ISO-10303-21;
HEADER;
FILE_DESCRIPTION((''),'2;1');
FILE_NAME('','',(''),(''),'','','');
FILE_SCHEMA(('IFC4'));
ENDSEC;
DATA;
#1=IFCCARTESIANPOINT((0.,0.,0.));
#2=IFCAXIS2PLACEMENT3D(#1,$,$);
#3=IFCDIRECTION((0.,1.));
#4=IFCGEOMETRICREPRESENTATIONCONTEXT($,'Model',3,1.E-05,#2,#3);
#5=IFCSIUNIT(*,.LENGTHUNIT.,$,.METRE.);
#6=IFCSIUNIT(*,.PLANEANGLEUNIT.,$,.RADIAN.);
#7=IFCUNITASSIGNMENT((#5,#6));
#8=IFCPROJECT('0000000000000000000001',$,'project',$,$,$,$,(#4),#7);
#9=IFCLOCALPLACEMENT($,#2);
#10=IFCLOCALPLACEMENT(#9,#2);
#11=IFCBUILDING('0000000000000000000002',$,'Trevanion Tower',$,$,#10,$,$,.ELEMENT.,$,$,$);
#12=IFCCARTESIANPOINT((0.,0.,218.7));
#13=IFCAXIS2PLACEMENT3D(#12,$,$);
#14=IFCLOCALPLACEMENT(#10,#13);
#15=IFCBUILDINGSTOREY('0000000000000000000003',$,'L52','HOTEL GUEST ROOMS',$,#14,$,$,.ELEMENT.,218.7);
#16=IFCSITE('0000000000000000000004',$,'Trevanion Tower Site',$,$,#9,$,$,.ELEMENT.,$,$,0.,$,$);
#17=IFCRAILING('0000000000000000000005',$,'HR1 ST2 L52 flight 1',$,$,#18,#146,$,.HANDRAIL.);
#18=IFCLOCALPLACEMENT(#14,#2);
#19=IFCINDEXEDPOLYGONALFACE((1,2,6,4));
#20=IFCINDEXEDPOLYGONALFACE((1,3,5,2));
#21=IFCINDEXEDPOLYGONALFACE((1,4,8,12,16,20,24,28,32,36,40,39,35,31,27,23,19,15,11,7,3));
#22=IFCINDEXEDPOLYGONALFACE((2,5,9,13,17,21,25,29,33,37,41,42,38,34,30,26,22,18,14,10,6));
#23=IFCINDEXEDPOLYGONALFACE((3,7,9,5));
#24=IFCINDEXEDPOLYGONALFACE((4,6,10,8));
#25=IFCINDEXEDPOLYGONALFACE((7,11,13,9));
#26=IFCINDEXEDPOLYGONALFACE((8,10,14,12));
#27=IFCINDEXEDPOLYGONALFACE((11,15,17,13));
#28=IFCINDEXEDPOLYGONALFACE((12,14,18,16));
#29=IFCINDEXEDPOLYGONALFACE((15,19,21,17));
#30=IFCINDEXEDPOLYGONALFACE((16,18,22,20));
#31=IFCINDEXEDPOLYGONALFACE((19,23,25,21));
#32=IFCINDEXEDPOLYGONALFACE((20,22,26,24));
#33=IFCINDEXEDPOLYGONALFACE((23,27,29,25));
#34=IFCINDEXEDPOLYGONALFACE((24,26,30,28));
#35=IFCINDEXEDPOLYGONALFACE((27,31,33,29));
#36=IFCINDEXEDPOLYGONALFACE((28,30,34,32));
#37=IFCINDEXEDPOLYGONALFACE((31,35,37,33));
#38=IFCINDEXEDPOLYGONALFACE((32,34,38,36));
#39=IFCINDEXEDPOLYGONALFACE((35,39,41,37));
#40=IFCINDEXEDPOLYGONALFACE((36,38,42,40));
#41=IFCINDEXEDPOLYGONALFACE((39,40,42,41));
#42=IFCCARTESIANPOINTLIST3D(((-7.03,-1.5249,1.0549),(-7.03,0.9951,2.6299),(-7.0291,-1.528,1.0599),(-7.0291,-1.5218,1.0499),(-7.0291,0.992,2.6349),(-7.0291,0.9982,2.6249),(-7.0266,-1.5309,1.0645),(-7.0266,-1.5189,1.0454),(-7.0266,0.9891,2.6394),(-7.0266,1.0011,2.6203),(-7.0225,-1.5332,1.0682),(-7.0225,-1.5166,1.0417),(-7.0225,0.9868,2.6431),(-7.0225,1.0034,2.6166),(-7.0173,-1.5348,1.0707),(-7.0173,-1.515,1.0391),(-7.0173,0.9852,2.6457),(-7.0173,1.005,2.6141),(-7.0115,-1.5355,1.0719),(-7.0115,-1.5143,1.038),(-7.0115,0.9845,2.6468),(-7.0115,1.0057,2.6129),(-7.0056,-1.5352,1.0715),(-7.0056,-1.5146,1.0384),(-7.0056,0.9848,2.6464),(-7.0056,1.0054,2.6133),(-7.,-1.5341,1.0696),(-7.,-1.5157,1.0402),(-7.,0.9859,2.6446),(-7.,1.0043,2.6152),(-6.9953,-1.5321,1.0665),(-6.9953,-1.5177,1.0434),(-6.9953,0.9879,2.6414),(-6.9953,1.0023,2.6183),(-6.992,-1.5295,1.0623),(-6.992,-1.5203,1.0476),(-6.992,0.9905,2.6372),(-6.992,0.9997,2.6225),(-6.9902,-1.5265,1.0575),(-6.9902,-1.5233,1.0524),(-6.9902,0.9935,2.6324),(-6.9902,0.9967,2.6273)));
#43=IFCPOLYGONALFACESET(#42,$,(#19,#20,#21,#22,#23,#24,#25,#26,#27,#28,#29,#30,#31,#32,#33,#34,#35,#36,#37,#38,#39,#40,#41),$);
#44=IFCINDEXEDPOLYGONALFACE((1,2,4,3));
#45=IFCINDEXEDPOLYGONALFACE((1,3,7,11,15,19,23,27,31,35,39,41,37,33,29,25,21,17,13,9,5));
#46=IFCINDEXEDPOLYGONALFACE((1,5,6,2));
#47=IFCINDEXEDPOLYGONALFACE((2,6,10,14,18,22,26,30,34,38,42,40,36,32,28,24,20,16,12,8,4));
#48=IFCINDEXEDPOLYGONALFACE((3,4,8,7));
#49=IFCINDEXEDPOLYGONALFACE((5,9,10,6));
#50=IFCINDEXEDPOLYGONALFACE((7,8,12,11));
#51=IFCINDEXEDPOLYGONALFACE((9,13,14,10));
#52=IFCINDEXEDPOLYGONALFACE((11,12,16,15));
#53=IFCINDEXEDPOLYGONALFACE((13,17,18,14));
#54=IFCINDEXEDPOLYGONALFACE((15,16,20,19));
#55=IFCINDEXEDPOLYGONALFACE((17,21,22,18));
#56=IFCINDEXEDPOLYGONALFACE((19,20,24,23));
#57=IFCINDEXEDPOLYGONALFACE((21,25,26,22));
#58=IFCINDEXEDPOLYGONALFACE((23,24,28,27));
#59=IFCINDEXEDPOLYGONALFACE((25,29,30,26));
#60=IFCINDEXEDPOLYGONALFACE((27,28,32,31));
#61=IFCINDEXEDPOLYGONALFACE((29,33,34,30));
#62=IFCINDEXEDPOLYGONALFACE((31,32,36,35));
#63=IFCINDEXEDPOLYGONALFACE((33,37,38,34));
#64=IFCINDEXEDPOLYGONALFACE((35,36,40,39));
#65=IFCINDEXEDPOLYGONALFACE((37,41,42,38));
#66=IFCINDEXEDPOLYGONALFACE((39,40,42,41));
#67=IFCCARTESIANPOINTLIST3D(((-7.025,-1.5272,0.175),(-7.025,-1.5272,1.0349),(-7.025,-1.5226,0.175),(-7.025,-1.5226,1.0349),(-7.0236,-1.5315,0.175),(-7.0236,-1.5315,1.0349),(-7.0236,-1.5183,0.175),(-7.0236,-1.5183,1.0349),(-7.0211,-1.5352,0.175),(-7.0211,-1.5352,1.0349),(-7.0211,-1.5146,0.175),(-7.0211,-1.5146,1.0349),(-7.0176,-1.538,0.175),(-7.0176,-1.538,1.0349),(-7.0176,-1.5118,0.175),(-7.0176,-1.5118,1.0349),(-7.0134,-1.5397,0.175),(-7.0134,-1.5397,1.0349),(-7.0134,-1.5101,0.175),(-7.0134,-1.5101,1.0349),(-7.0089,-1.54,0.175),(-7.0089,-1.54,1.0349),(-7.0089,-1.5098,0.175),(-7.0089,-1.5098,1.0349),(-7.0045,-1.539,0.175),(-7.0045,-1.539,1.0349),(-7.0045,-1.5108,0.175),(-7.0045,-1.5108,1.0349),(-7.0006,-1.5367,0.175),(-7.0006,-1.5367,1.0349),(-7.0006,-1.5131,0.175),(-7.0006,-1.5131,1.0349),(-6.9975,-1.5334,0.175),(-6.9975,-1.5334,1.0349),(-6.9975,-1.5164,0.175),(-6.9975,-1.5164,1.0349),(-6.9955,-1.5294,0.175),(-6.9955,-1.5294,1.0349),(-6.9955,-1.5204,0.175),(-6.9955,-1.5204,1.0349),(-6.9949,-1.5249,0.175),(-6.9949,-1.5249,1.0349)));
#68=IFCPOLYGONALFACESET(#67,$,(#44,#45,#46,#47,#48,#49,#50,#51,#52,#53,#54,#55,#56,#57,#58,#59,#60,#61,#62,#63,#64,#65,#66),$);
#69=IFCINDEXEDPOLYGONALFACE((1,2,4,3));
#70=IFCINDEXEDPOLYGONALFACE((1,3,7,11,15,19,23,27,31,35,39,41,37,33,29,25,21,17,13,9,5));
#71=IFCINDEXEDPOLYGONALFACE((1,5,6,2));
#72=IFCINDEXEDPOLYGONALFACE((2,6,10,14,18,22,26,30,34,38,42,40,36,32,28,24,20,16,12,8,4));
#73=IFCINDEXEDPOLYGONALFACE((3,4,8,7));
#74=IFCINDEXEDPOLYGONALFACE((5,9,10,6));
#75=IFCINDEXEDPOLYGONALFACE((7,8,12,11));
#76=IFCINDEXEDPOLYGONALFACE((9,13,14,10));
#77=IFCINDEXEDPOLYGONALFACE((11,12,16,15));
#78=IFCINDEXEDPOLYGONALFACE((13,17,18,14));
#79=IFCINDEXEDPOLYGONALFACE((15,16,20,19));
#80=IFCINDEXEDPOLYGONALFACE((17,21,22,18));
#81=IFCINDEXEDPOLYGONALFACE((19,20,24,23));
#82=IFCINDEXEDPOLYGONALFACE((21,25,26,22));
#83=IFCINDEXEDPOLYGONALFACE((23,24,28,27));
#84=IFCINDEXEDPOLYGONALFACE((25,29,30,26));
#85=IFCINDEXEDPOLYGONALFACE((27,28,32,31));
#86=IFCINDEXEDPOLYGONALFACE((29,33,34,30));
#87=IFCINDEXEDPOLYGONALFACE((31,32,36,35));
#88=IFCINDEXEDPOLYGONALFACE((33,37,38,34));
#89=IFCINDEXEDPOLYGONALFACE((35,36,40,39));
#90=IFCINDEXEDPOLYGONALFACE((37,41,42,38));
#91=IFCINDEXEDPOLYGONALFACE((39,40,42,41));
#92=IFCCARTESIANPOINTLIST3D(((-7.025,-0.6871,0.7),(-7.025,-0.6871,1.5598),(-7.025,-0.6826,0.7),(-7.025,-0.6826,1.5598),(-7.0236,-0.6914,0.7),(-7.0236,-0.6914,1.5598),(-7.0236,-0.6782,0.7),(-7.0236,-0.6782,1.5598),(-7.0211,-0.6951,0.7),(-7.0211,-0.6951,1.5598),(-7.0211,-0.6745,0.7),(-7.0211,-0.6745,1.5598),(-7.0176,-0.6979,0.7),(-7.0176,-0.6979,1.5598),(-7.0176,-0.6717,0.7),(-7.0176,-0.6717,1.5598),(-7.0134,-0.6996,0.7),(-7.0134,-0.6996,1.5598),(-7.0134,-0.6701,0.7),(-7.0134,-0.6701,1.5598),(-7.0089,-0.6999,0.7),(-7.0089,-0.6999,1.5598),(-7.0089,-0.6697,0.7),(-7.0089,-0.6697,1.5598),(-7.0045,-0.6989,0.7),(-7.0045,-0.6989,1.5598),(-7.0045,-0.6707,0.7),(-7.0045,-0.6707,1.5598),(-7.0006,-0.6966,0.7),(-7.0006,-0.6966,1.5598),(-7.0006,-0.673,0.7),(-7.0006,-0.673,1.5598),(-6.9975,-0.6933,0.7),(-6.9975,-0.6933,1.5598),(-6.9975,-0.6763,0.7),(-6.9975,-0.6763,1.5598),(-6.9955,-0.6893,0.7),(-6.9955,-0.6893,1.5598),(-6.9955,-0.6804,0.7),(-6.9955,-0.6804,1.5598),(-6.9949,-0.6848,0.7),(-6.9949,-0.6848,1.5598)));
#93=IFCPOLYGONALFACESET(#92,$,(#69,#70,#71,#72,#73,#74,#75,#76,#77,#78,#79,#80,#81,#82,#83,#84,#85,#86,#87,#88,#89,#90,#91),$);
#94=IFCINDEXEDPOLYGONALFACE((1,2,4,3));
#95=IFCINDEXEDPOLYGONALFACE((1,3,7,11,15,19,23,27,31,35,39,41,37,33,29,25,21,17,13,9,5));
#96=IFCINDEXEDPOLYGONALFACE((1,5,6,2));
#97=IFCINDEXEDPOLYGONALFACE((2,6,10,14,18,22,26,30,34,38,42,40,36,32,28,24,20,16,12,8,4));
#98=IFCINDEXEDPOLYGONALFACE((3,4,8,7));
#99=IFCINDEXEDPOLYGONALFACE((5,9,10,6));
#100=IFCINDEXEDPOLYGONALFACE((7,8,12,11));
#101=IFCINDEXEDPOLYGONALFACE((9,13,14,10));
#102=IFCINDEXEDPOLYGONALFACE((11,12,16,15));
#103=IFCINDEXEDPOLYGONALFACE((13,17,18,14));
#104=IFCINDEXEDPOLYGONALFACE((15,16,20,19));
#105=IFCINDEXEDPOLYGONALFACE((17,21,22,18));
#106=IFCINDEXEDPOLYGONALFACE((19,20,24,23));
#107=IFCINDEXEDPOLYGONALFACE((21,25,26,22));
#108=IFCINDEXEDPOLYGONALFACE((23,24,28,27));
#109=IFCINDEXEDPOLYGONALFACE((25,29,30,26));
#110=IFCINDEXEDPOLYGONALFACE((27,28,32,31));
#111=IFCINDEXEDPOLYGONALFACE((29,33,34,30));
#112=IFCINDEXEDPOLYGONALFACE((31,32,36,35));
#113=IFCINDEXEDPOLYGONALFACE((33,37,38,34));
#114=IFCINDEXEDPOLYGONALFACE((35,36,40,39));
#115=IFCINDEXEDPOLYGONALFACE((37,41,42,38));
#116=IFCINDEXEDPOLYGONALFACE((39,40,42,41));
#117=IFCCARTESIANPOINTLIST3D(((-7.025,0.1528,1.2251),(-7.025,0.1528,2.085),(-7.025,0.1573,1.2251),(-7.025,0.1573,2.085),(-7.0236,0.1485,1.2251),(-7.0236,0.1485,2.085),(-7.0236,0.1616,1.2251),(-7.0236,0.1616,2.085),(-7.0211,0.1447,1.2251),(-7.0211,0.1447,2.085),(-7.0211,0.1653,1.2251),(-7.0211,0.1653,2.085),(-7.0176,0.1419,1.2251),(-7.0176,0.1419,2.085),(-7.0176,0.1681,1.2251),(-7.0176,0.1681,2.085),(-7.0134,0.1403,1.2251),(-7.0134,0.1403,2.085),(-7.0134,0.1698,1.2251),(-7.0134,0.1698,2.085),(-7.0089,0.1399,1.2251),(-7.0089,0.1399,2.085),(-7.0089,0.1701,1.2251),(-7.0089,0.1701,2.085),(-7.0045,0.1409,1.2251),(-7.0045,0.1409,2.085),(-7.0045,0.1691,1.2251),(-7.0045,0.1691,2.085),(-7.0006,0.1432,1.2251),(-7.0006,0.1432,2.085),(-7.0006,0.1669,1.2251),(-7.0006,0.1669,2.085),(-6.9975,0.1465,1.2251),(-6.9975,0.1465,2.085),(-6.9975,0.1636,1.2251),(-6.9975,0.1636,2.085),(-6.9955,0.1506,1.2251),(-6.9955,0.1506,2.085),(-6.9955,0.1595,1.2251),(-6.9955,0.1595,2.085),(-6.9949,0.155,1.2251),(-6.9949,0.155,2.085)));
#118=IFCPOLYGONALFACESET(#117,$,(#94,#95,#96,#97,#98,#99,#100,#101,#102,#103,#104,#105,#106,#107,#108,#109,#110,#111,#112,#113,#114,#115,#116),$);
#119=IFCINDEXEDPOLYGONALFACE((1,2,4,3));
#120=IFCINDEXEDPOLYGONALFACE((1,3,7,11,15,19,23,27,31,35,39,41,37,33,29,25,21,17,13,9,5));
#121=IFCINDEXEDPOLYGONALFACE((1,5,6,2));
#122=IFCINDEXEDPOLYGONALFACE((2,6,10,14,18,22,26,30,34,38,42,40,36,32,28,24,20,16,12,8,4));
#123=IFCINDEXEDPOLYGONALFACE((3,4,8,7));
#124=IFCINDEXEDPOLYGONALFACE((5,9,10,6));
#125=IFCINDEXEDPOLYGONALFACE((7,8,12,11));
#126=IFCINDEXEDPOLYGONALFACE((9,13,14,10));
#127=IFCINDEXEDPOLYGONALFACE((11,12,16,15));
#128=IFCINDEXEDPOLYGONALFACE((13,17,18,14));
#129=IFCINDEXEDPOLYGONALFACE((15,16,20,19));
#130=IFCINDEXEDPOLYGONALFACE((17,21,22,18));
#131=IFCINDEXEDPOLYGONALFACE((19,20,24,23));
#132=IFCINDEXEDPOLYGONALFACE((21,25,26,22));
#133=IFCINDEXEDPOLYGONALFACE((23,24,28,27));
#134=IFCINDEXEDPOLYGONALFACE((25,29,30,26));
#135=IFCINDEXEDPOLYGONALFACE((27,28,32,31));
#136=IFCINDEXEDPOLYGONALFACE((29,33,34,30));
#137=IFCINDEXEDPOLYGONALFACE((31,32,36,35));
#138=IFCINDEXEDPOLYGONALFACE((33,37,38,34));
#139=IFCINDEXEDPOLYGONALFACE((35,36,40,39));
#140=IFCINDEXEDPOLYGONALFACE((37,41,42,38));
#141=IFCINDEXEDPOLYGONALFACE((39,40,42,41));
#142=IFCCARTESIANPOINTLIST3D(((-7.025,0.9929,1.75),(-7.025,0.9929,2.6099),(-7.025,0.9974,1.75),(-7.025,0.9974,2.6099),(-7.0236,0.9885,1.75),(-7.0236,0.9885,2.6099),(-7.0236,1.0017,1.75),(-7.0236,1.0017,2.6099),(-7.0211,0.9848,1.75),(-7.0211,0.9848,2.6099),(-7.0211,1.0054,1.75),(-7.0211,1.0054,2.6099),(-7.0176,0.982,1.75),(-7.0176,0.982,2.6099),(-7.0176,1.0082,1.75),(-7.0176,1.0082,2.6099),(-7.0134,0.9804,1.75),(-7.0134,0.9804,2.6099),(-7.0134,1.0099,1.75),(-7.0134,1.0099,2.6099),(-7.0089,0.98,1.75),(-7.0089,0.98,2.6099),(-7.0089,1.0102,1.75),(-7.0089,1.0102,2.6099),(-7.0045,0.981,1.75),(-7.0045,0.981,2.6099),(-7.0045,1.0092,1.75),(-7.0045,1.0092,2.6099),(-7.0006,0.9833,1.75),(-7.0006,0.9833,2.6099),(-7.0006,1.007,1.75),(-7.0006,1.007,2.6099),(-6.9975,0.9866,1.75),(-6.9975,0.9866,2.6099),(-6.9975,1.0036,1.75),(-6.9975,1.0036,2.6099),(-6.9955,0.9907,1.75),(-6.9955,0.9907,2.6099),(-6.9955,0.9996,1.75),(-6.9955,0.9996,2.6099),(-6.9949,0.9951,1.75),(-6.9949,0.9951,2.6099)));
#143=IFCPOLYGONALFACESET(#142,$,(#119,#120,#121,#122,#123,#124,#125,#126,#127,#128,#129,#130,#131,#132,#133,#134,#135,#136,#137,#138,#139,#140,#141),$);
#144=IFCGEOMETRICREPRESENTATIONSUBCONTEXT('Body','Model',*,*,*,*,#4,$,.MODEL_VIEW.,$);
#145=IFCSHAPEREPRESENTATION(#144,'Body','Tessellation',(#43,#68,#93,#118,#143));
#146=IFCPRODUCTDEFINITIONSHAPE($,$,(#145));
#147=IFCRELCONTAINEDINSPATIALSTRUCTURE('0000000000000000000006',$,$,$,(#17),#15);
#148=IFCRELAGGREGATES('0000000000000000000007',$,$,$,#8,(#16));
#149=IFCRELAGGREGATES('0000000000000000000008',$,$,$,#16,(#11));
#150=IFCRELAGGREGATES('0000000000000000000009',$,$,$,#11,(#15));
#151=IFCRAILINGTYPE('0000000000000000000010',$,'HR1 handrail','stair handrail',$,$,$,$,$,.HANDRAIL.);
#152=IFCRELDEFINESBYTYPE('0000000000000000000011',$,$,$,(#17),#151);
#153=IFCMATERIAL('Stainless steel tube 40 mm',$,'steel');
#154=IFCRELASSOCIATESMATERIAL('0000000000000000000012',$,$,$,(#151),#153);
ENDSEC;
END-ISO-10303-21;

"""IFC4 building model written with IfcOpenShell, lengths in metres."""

from ifc_helpers import new_model, si_unit, direction, frame, origin, origin_2d, place, context, subcontext, project, spatial, circle, extrude, material, type_object, element, save


model = new_model("IFC4")

# Units and contexts
model_context = context("Model", 3, precision=1e-05, world=origin(), true_north=direction((0.0, 1.0)))
body_context = subcontext(model_context, "Body", "Model", "MODEL_VIEW")
ifc_project = project(units=[si_unit("LENGTHUNIT", "METRE"), si_unit("PLANEANGLEUNIT", "RADIAN")], contexts=[model_context])

# Site, building, storey
site_placement = place(None, origin())
site = spatial("IfcSite", under=ifc_project, at=site_placement, Name="Trevanion Tower Site", CompositionType="ELEMENT", RefElevation=0.0)
building_placement = place(site_placement, origin())
building = spatial("IfcBuilding", under=site, at=building_placement, Name="Trevanion Tower", CompositionType="ELEMENT")
storey_placement = place(building_placement, frame((0.0, 0.0, 218.7)))
storey = spatial("IfcBuildingStorey", under=building, at=storey_placement, Name="L52", Description="HOTEL GUEST ROOMS", CompositionType="ELEMENT", Elevation=218.7)

# Railing
ifc_material_1 = material(Name="Stainless steel tube 40 mm", Category="steel")
railing_type = type_object("IfcRailingType", Name="HR1 handrail", Description="stair handrail", PredefinedType="HANDRAIL", material=ifc_material_1)
for number, where, name in (
    (1, (-7.01, -1.5249, 0.175), "HR1 ST2 L52 flight 1"),
):
    element("IfcRailing", number, at=place(storey_placement, frame(where)), inside=storey, type_object=railing_type, Name=name, PredefinedType="HANDRAIL", context=body_context, shape_type="SweptSolid", body=[
        extrude(circle(Radius=0.02, at=origin_2d()), frame((0.0, 0.0, 0.8799), z_axis=(0.0, 0.848008, 0.529984), x_axis=(-1.0, 0.0, 0.0)), (0.0, 0.0, 1.0), 2.9717),
        extrude(circle(Radius=0.0151, at=origin_2d()), origin(), (0.0, 0.0, 1.0), 0.8599),
        extrude(circle(Radius=0.0151, at=origin_2d()), frame((0.0, 0.8401, 0.5249)), (0.0, 0.0, 1.0), 0.8599),
        extrude(circle(Radius=0.0151, at=origin_2d()), frame((0.0, 1.6799, 1.05)), (0.0, 0.0, 1.0), 0.8599),
        extrude(circle(Radius=0.0151, at=origin_2d()), frame((0.0, 2.52, 1.575)), (0.0, 0.0, 1.0), 0.8599),
    ])

save(model, "model.ifc")
